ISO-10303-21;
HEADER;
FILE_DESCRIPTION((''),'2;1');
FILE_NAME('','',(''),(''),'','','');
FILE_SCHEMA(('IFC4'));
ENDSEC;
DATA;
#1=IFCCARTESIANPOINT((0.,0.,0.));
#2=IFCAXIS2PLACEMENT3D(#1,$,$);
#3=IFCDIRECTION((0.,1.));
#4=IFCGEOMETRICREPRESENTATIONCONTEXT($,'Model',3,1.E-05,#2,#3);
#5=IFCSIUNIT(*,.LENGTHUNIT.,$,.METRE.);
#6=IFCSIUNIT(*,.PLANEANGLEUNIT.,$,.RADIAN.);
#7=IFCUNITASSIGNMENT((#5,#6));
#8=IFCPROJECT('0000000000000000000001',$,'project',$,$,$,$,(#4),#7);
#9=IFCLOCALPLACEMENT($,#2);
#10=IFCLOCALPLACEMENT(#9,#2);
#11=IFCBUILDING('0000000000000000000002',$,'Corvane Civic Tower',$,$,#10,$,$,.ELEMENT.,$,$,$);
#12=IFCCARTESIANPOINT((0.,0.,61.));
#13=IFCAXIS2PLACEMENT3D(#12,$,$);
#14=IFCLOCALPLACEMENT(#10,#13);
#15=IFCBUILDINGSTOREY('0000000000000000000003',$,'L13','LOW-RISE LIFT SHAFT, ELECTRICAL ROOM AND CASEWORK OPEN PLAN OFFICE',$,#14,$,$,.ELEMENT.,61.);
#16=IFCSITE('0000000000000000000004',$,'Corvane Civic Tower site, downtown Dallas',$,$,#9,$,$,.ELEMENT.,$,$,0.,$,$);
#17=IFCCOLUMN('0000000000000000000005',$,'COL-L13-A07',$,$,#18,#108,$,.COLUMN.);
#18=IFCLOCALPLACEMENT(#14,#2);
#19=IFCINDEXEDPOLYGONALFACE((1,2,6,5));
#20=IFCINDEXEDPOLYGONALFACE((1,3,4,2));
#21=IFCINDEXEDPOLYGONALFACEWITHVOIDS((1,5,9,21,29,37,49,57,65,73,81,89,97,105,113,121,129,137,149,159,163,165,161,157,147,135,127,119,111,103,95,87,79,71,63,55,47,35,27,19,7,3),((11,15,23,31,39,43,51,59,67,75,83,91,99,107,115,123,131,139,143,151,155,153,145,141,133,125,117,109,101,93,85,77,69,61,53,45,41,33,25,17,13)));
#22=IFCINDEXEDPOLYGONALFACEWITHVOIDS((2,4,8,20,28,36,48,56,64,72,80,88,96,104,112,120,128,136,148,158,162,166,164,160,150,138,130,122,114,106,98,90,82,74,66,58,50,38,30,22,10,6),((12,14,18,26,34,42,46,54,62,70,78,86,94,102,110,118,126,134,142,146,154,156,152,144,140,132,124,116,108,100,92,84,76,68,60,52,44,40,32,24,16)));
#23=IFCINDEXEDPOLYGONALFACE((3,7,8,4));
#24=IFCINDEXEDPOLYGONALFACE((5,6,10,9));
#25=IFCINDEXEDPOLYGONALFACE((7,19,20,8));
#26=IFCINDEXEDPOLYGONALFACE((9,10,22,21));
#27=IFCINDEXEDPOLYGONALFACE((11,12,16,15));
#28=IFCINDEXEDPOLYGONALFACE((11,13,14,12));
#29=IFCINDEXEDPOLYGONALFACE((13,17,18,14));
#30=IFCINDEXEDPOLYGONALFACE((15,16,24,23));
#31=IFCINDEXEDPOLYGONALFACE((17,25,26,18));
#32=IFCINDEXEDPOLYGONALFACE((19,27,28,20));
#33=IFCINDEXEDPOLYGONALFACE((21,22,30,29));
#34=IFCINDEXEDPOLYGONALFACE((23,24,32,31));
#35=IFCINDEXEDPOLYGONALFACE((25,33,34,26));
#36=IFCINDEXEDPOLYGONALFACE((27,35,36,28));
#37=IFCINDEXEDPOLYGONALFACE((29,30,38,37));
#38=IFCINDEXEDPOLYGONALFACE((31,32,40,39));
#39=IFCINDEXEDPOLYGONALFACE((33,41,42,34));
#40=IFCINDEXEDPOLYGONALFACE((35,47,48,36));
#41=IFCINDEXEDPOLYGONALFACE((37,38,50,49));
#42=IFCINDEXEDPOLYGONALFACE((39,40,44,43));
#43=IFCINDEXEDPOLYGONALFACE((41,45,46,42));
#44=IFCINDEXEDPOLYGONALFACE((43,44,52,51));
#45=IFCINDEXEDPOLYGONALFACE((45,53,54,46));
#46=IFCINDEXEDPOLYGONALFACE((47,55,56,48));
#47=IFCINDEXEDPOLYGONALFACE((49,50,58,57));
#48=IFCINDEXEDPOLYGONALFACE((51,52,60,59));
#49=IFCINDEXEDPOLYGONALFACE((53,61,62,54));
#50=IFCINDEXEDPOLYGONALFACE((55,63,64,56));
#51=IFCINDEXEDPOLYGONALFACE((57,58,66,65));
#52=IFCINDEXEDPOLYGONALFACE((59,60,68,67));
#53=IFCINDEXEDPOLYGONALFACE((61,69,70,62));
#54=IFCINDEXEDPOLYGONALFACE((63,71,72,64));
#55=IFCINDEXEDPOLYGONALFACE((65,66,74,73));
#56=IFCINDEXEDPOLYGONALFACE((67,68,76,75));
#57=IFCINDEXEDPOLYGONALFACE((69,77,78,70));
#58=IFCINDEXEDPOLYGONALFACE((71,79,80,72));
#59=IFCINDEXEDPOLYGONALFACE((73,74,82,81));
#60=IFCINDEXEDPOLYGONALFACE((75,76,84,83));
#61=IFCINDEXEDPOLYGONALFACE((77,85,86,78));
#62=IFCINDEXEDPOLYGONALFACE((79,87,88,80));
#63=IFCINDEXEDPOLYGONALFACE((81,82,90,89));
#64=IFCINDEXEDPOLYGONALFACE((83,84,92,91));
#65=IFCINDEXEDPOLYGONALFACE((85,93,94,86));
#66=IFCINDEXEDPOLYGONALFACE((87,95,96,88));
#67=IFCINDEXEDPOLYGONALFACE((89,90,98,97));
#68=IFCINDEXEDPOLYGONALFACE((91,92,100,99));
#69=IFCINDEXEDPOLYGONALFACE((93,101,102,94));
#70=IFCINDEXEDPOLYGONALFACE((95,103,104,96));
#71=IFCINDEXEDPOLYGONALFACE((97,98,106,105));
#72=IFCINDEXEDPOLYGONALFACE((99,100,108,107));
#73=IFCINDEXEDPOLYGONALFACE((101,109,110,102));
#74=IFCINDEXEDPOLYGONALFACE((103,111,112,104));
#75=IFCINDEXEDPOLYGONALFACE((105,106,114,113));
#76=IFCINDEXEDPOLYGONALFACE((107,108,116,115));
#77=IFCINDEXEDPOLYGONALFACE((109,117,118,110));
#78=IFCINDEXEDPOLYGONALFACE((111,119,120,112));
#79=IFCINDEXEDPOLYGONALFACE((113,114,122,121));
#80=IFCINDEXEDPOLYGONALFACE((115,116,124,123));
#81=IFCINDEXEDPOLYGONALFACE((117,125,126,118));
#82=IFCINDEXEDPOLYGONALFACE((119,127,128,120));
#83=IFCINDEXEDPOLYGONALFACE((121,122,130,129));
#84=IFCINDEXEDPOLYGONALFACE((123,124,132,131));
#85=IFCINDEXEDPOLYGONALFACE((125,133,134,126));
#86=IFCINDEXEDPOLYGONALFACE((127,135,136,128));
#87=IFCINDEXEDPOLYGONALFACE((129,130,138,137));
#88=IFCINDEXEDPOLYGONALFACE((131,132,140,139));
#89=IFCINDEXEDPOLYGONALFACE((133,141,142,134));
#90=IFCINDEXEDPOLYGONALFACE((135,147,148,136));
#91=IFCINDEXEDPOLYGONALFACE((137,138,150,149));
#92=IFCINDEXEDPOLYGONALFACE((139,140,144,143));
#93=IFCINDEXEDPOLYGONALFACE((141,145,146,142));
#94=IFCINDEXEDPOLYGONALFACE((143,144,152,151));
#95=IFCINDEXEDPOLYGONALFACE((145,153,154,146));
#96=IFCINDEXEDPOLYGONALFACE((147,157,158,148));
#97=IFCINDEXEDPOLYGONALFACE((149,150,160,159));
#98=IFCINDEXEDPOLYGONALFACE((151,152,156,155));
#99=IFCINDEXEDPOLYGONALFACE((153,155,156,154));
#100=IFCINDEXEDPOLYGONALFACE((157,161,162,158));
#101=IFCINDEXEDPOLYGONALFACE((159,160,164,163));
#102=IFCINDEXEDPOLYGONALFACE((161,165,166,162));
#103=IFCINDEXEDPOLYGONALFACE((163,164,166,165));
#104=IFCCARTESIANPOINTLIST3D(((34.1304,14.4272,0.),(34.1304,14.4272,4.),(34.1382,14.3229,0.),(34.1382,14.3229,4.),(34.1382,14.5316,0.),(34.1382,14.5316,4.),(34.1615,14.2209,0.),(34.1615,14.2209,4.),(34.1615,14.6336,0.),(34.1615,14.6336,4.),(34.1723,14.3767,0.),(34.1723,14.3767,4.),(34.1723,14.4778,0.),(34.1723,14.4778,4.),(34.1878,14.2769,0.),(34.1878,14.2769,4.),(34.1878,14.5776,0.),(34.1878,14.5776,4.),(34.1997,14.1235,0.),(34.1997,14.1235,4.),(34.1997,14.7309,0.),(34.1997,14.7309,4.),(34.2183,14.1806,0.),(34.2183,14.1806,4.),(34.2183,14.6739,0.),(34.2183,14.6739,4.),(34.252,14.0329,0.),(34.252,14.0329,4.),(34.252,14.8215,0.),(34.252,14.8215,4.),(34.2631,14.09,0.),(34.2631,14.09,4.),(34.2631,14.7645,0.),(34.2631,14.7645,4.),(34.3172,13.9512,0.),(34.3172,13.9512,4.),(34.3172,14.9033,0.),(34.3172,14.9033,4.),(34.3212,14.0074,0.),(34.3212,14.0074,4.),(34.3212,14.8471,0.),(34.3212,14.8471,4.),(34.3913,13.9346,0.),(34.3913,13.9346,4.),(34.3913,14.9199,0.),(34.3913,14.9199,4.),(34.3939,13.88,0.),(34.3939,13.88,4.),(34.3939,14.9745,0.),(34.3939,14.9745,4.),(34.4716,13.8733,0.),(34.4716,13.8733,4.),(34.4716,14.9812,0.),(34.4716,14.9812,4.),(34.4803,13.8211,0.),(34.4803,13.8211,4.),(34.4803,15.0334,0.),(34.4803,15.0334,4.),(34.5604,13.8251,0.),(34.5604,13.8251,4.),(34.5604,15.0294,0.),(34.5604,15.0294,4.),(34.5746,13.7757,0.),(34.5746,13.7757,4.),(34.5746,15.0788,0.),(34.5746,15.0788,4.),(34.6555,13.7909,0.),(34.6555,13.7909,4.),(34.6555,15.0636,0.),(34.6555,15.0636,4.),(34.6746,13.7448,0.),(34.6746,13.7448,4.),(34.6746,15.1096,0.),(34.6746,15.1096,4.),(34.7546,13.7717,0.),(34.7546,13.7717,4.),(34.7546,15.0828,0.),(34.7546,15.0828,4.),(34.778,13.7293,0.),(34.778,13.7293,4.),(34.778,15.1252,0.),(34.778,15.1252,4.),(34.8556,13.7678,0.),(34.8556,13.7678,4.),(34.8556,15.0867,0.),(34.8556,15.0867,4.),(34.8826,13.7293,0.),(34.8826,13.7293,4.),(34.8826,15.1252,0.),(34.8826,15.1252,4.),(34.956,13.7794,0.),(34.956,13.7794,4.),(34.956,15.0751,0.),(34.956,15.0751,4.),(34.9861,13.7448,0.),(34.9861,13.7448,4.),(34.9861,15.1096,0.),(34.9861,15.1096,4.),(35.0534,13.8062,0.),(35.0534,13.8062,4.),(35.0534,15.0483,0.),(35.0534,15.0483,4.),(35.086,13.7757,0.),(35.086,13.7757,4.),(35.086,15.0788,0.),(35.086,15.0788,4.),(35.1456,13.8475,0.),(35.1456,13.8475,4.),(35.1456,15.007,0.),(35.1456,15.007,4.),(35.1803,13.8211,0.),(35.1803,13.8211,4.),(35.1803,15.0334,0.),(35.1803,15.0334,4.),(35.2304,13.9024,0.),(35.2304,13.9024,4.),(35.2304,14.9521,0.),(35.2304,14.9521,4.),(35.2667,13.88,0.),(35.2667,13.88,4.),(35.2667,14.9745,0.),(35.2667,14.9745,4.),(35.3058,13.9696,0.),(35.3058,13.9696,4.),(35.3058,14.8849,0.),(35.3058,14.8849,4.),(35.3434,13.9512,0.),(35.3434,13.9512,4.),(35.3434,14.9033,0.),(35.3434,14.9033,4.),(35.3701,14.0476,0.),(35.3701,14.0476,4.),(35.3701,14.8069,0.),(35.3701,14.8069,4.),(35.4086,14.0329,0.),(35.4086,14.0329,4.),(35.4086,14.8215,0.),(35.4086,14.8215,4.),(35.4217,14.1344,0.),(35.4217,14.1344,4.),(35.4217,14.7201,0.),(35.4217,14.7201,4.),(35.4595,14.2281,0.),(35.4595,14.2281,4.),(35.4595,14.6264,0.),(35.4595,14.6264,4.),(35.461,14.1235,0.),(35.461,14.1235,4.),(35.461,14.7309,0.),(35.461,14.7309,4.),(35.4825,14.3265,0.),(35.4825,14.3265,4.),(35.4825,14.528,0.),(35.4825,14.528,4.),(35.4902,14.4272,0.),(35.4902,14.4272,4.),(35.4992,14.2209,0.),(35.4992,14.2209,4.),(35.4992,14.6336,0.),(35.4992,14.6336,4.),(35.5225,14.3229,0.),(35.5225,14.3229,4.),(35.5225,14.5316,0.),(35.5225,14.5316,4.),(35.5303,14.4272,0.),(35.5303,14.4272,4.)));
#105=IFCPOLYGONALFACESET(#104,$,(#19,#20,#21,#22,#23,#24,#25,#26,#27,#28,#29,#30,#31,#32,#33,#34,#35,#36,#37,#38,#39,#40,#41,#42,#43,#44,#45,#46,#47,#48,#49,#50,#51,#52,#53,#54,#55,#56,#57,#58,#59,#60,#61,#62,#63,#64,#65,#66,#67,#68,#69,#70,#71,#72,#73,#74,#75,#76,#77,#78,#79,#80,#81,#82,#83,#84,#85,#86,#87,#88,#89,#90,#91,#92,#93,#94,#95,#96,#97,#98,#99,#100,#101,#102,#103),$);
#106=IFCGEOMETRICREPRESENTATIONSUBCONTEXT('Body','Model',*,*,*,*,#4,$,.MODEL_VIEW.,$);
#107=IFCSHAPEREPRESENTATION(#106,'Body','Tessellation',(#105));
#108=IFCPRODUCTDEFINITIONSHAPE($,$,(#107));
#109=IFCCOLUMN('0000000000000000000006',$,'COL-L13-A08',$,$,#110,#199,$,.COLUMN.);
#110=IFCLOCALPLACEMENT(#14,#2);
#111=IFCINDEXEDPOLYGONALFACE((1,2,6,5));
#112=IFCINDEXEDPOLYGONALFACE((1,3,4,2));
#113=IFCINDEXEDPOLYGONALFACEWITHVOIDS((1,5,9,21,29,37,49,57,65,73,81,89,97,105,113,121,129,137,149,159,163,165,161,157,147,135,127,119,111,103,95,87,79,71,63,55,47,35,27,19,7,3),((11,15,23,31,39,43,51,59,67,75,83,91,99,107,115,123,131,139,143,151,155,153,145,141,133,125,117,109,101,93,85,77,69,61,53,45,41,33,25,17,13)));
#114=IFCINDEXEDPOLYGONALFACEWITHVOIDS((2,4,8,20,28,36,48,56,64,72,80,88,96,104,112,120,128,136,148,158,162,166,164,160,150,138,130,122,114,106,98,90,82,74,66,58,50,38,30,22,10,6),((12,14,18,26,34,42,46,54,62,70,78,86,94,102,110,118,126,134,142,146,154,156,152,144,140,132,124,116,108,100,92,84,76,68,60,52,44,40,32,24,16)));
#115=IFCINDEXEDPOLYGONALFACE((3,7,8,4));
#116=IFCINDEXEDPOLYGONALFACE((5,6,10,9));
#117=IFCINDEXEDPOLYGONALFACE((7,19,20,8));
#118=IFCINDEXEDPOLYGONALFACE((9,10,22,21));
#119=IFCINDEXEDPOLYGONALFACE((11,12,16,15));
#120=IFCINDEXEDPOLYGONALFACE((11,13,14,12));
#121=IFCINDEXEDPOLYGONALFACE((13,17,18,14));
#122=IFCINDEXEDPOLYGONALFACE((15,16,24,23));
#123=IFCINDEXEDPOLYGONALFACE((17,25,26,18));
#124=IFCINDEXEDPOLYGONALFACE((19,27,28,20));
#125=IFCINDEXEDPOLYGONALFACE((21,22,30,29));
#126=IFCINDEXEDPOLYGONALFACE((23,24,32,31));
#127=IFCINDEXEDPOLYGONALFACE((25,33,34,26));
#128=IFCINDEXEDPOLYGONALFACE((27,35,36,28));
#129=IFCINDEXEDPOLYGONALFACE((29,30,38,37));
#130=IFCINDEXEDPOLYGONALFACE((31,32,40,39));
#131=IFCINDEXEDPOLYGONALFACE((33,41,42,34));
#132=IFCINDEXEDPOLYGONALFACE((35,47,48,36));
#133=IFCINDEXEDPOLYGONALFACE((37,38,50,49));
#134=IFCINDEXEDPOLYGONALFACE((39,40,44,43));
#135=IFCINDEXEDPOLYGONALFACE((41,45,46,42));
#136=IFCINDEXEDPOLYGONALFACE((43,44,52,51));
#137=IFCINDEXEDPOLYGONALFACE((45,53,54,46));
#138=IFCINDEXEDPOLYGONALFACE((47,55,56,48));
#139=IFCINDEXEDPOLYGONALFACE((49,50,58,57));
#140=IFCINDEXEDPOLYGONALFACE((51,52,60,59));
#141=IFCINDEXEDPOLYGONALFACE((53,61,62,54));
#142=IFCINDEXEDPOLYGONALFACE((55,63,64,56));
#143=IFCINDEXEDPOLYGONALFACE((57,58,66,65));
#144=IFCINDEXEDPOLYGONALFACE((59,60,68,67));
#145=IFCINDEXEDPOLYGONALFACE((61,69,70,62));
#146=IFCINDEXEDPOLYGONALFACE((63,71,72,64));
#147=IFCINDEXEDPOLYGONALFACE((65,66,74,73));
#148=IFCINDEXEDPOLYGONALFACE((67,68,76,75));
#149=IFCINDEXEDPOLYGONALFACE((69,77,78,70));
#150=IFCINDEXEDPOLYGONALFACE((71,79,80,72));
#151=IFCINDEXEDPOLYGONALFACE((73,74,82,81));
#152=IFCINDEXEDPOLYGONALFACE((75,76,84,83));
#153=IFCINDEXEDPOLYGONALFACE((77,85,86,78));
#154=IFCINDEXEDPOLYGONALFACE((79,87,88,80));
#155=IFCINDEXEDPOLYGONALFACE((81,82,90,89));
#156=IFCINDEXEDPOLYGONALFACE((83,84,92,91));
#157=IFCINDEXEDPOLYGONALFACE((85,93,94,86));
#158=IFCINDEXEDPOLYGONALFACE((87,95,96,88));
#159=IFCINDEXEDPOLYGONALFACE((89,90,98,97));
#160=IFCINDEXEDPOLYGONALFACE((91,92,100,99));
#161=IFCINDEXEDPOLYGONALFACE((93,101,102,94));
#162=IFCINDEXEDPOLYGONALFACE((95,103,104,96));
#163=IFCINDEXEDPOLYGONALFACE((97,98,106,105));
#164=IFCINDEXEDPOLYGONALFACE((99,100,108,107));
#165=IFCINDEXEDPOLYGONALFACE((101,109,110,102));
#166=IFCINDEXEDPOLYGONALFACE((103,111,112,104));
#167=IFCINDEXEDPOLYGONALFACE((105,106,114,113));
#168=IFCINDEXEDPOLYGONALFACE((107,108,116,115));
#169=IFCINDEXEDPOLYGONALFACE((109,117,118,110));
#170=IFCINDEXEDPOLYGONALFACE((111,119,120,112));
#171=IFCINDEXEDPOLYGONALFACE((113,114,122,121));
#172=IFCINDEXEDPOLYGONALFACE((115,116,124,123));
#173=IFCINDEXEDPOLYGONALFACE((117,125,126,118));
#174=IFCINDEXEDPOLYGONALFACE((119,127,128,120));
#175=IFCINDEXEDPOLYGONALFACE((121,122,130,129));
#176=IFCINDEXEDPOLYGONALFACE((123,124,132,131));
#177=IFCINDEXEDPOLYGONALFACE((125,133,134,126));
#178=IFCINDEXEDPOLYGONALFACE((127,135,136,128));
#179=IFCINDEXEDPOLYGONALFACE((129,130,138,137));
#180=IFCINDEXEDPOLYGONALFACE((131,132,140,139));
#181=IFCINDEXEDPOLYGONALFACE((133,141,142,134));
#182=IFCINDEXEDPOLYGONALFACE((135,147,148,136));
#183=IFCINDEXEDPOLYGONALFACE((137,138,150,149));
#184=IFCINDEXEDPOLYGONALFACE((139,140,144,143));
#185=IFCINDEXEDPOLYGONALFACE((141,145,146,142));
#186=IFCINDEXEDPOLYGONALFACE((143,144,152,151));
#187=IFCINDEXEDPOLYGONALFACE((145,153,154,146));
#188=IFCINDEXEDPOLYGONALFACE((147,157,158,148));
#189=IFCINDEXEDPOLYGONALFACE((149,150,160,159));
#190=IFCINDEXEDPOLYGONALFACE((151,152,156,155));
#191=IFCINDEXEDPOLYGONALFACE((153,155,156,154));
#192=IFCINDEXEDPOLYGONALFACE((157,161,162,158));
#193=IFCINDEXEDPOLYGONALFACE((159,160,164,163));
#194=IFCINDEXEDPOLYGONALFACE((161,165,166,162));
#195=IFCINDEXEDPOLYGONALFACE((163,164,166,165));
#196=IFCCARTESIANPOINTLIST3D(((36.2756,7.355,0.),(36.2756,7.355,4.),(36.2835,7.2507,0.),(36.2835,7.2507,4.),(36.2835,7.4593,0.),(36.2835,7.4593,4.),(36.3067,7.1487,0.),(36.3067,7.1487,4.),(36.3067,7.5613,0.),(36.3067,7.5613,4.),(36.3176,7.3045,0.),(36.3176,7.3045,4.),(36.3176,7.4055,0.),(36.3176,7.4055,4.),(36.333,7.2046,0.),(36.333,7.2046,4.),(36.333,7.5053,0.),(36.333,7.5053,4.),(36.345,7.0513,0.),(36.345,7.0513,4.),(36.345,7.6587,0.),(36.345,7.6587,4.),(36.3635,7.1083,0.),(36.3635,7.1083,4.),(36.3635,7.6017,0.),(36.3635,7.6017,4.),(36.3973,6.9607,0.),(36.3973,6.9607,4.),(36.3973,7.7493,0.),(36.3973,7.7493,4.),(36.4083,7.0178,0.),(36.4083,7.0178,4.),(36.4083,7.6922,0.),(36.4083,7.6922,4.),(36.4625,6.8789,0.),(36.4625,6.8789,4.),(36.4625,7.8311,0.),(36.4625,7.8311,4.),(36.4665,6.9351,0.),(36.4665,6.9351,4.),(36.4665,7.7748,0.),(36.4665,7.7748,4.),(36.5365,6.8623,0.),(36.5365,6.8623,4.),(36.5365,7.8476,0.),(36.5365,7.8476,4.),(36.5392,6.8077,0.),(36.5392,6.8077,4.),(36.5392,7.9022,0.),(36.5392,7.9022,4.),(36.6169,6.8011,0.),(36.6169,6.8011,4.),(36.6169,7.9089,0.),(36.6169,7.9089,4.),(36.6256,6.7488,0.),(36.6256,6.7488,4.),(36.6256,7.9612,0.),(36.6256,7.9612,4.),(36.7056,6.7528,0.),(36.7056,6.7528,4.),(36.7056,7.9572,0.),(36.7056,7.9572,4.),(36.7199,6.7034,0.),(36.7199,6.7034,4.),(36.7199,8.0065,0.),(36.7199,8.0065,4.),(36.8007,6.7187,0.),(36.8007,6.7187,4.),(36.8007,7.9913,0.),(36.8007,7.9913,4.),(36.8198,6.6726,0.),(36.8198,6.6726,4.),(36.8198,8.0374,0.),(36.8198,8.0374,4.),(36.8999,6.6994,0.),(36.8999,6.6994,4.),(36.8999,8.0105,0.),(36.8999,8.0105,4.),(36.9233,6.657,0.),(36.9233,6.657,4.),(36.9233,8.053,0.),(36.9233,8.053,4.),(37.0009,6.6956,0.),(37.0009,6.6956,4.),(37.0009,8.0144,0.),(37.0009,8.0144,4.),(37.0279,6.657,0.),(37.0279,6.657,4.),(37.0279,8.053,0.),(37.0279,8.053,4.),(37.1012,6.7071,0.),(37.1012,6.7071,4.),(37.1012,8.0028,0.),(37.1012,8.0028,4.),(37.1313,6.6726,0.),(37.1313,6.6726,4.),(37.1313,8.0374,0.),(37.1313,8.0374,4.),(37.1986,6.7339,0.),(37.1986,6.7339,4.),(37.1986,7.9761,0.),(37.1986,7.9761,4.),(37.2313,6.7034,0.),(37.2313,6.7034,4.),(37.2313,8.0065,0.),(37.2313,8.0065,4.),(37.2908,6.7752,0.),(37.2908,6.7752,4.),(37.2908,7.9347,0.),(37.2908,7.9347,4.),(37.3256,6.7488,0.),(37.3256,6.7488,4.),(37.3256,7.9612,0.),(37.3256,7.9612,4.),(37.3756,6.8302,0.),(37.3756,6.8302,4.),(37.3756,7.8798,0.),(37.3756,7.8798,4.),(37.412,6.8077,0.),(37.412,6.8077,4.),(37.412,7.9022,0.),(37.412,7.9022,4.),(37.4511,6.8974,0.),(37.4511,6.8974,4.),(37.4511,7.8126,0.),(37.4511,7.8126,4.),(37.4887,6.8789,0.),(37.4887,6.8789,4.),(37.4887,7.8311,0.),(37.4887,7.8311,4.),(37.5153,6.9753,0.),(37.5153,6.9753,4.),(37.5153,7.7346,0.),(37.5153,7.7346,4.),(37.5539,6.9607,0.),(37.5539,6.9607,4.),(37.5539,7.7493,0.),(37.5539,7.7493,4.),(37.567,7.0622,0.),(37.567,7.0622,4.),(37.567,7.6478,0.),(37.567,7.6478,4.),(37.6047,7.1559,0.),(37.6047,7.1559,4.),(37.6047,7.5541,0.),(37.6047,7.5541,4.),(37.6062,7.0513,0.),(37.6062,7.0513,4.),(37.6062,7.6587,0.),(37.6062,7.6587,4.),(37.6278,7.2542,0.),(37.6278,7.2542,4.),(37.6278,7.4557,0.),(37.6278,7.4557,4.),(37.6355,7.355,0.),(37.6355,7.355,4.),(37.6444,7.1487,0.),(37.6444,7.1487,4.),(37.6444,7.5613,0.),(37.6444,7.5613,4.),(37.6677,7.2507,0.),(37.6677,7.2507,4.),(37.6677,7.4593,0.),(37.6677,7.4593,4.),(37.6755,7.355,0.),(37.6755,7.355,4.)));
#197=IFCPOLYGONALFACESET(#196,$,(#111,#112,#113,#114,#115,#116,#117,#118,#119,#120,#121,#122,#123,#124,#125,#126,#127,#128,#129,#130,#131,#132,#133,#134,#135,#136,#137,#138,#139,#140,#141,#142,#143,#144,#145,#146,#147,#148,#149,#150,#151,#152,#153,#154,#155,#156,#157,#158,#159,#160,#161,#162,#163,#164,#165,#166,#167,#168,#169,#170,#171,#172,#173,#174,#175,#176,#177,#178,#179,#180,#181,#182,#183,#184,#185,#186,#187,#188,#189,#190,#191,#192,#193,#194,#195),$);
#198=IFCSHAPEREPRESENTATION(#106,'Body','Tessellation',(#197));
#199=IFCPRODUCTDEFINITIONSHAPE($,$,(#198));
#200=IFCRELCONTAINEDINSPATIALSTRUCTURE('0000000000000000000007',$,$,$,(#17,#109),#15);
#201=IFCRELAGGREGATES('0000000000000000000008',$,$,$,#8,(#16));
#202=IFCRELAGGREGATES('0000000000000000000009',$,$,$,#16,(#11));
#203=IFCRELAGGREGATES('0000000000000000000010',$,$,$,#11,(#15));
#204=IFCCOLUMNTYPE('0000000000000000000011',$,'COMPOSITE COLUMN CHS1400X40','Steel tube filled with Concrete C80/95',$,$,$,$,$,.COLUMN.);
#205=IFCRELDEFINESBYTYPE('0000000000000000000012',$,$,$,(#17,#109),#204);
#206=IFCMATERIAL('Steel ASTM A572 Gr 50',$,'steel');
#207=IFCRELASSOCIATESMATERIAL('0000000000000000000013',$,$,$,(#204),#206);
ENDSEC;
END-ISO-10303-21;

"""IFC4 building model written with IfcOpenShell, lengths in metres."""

from ifc_helpers import new_model, si_unit, direction, frame, origin, origin_2d, place, context, subcontext, project, spatial, hollow_circle, extrude, material, material_profile, profile_set, type_object, element, save


model = new_model("IFC4")

# Units and contexts
model_context = context("Model", 3, precision=1e-05, world=origin(), true_north=direction((0.0, 1.0)))
body_context = subcontext(model_context, "Body", "Model", "MODEL_VIEW")
ifc_project = project(units=[si_unit("LENGTHUNIT", "METRE"), si_unit("PLANEANGLEUNIT", "RADIAN")], contexts=[model_context])

# Site, building, storey
site_placement = place(None, origin())
site = spatial("IfcSite", under=ifc_project, at=site_placement, Name="Corvane Civic Tower site, downtown Dallas", CompositionType="ELEMENT", RefElevation=0.0)
building_placement = place(site_placement, origin())
building = spatial("IfcBuilding", under=site, at=building_placement, Name="Corvane Civic Tower", CompositionType="ELEMENT")
storey_placement = place(building_placement, frame((0.0, 0.0, 61.0)))
storey = spatial("IfcBuildingStorey", under=building, at=storey_placement, Name="L13", Description="LOW-RISE LIFT SHAFT, ELECTRICAL ROOM AND CASEWORK OPEN PLAN OFFICE", CompositionType="ELEMENT", Elevation=61.0)

# Columns
ifc_material_1 = material(Name="Steel ASTM A572 Gr 50", Category="steel")
ifc_material_profile_1 = material_profile(ifc_material_1, hollow_circle(Radius=0.7, WallThickness=0.04, at=origin_2d()), Name="CHS1400X40")
ifc_profile_set_1 = profile_set([ifc_material_profile_1], Name="Steel ASTM A572 Gr 50")
column_type = type_object("IfcColumnType", Name="COMPOSITE COLUMN CHS1400X40", Description="Steel tube filled with Concrete C80/95", PredefinedType="COLUMN", material=ifc_profile_set_1)
for number, where, z_axis, x_axis, name in (
    (1, (34.8303, 14.4272, 0.0), (0.0, 0.0, 1.0), (1.0, 0.0, 0.0), "COL-L13-A07"),
    (2, (36.9756, 7.355, 0.0), (0.0, 0.0, 1.0), (1.0, 0.0, 0.0), "COL-L13-A08"),
):
    element("IfcColumn", number, at=place(storey_placement, frame(where, z_axis=z_axis, x_axis=x_axis)), inside=storey, type_object=column_type, Name=name, PredefinedType="COLUMN", context=body_context, shape_type="SweptSolid", body=[
        extrude(hollow_circle(Radius=0.7, WallThickness=0.04, at=origin_2d()), origin(), (0.0, 0.0, 1.0), 4.0),
    ])

save(model, "model.ifc")
